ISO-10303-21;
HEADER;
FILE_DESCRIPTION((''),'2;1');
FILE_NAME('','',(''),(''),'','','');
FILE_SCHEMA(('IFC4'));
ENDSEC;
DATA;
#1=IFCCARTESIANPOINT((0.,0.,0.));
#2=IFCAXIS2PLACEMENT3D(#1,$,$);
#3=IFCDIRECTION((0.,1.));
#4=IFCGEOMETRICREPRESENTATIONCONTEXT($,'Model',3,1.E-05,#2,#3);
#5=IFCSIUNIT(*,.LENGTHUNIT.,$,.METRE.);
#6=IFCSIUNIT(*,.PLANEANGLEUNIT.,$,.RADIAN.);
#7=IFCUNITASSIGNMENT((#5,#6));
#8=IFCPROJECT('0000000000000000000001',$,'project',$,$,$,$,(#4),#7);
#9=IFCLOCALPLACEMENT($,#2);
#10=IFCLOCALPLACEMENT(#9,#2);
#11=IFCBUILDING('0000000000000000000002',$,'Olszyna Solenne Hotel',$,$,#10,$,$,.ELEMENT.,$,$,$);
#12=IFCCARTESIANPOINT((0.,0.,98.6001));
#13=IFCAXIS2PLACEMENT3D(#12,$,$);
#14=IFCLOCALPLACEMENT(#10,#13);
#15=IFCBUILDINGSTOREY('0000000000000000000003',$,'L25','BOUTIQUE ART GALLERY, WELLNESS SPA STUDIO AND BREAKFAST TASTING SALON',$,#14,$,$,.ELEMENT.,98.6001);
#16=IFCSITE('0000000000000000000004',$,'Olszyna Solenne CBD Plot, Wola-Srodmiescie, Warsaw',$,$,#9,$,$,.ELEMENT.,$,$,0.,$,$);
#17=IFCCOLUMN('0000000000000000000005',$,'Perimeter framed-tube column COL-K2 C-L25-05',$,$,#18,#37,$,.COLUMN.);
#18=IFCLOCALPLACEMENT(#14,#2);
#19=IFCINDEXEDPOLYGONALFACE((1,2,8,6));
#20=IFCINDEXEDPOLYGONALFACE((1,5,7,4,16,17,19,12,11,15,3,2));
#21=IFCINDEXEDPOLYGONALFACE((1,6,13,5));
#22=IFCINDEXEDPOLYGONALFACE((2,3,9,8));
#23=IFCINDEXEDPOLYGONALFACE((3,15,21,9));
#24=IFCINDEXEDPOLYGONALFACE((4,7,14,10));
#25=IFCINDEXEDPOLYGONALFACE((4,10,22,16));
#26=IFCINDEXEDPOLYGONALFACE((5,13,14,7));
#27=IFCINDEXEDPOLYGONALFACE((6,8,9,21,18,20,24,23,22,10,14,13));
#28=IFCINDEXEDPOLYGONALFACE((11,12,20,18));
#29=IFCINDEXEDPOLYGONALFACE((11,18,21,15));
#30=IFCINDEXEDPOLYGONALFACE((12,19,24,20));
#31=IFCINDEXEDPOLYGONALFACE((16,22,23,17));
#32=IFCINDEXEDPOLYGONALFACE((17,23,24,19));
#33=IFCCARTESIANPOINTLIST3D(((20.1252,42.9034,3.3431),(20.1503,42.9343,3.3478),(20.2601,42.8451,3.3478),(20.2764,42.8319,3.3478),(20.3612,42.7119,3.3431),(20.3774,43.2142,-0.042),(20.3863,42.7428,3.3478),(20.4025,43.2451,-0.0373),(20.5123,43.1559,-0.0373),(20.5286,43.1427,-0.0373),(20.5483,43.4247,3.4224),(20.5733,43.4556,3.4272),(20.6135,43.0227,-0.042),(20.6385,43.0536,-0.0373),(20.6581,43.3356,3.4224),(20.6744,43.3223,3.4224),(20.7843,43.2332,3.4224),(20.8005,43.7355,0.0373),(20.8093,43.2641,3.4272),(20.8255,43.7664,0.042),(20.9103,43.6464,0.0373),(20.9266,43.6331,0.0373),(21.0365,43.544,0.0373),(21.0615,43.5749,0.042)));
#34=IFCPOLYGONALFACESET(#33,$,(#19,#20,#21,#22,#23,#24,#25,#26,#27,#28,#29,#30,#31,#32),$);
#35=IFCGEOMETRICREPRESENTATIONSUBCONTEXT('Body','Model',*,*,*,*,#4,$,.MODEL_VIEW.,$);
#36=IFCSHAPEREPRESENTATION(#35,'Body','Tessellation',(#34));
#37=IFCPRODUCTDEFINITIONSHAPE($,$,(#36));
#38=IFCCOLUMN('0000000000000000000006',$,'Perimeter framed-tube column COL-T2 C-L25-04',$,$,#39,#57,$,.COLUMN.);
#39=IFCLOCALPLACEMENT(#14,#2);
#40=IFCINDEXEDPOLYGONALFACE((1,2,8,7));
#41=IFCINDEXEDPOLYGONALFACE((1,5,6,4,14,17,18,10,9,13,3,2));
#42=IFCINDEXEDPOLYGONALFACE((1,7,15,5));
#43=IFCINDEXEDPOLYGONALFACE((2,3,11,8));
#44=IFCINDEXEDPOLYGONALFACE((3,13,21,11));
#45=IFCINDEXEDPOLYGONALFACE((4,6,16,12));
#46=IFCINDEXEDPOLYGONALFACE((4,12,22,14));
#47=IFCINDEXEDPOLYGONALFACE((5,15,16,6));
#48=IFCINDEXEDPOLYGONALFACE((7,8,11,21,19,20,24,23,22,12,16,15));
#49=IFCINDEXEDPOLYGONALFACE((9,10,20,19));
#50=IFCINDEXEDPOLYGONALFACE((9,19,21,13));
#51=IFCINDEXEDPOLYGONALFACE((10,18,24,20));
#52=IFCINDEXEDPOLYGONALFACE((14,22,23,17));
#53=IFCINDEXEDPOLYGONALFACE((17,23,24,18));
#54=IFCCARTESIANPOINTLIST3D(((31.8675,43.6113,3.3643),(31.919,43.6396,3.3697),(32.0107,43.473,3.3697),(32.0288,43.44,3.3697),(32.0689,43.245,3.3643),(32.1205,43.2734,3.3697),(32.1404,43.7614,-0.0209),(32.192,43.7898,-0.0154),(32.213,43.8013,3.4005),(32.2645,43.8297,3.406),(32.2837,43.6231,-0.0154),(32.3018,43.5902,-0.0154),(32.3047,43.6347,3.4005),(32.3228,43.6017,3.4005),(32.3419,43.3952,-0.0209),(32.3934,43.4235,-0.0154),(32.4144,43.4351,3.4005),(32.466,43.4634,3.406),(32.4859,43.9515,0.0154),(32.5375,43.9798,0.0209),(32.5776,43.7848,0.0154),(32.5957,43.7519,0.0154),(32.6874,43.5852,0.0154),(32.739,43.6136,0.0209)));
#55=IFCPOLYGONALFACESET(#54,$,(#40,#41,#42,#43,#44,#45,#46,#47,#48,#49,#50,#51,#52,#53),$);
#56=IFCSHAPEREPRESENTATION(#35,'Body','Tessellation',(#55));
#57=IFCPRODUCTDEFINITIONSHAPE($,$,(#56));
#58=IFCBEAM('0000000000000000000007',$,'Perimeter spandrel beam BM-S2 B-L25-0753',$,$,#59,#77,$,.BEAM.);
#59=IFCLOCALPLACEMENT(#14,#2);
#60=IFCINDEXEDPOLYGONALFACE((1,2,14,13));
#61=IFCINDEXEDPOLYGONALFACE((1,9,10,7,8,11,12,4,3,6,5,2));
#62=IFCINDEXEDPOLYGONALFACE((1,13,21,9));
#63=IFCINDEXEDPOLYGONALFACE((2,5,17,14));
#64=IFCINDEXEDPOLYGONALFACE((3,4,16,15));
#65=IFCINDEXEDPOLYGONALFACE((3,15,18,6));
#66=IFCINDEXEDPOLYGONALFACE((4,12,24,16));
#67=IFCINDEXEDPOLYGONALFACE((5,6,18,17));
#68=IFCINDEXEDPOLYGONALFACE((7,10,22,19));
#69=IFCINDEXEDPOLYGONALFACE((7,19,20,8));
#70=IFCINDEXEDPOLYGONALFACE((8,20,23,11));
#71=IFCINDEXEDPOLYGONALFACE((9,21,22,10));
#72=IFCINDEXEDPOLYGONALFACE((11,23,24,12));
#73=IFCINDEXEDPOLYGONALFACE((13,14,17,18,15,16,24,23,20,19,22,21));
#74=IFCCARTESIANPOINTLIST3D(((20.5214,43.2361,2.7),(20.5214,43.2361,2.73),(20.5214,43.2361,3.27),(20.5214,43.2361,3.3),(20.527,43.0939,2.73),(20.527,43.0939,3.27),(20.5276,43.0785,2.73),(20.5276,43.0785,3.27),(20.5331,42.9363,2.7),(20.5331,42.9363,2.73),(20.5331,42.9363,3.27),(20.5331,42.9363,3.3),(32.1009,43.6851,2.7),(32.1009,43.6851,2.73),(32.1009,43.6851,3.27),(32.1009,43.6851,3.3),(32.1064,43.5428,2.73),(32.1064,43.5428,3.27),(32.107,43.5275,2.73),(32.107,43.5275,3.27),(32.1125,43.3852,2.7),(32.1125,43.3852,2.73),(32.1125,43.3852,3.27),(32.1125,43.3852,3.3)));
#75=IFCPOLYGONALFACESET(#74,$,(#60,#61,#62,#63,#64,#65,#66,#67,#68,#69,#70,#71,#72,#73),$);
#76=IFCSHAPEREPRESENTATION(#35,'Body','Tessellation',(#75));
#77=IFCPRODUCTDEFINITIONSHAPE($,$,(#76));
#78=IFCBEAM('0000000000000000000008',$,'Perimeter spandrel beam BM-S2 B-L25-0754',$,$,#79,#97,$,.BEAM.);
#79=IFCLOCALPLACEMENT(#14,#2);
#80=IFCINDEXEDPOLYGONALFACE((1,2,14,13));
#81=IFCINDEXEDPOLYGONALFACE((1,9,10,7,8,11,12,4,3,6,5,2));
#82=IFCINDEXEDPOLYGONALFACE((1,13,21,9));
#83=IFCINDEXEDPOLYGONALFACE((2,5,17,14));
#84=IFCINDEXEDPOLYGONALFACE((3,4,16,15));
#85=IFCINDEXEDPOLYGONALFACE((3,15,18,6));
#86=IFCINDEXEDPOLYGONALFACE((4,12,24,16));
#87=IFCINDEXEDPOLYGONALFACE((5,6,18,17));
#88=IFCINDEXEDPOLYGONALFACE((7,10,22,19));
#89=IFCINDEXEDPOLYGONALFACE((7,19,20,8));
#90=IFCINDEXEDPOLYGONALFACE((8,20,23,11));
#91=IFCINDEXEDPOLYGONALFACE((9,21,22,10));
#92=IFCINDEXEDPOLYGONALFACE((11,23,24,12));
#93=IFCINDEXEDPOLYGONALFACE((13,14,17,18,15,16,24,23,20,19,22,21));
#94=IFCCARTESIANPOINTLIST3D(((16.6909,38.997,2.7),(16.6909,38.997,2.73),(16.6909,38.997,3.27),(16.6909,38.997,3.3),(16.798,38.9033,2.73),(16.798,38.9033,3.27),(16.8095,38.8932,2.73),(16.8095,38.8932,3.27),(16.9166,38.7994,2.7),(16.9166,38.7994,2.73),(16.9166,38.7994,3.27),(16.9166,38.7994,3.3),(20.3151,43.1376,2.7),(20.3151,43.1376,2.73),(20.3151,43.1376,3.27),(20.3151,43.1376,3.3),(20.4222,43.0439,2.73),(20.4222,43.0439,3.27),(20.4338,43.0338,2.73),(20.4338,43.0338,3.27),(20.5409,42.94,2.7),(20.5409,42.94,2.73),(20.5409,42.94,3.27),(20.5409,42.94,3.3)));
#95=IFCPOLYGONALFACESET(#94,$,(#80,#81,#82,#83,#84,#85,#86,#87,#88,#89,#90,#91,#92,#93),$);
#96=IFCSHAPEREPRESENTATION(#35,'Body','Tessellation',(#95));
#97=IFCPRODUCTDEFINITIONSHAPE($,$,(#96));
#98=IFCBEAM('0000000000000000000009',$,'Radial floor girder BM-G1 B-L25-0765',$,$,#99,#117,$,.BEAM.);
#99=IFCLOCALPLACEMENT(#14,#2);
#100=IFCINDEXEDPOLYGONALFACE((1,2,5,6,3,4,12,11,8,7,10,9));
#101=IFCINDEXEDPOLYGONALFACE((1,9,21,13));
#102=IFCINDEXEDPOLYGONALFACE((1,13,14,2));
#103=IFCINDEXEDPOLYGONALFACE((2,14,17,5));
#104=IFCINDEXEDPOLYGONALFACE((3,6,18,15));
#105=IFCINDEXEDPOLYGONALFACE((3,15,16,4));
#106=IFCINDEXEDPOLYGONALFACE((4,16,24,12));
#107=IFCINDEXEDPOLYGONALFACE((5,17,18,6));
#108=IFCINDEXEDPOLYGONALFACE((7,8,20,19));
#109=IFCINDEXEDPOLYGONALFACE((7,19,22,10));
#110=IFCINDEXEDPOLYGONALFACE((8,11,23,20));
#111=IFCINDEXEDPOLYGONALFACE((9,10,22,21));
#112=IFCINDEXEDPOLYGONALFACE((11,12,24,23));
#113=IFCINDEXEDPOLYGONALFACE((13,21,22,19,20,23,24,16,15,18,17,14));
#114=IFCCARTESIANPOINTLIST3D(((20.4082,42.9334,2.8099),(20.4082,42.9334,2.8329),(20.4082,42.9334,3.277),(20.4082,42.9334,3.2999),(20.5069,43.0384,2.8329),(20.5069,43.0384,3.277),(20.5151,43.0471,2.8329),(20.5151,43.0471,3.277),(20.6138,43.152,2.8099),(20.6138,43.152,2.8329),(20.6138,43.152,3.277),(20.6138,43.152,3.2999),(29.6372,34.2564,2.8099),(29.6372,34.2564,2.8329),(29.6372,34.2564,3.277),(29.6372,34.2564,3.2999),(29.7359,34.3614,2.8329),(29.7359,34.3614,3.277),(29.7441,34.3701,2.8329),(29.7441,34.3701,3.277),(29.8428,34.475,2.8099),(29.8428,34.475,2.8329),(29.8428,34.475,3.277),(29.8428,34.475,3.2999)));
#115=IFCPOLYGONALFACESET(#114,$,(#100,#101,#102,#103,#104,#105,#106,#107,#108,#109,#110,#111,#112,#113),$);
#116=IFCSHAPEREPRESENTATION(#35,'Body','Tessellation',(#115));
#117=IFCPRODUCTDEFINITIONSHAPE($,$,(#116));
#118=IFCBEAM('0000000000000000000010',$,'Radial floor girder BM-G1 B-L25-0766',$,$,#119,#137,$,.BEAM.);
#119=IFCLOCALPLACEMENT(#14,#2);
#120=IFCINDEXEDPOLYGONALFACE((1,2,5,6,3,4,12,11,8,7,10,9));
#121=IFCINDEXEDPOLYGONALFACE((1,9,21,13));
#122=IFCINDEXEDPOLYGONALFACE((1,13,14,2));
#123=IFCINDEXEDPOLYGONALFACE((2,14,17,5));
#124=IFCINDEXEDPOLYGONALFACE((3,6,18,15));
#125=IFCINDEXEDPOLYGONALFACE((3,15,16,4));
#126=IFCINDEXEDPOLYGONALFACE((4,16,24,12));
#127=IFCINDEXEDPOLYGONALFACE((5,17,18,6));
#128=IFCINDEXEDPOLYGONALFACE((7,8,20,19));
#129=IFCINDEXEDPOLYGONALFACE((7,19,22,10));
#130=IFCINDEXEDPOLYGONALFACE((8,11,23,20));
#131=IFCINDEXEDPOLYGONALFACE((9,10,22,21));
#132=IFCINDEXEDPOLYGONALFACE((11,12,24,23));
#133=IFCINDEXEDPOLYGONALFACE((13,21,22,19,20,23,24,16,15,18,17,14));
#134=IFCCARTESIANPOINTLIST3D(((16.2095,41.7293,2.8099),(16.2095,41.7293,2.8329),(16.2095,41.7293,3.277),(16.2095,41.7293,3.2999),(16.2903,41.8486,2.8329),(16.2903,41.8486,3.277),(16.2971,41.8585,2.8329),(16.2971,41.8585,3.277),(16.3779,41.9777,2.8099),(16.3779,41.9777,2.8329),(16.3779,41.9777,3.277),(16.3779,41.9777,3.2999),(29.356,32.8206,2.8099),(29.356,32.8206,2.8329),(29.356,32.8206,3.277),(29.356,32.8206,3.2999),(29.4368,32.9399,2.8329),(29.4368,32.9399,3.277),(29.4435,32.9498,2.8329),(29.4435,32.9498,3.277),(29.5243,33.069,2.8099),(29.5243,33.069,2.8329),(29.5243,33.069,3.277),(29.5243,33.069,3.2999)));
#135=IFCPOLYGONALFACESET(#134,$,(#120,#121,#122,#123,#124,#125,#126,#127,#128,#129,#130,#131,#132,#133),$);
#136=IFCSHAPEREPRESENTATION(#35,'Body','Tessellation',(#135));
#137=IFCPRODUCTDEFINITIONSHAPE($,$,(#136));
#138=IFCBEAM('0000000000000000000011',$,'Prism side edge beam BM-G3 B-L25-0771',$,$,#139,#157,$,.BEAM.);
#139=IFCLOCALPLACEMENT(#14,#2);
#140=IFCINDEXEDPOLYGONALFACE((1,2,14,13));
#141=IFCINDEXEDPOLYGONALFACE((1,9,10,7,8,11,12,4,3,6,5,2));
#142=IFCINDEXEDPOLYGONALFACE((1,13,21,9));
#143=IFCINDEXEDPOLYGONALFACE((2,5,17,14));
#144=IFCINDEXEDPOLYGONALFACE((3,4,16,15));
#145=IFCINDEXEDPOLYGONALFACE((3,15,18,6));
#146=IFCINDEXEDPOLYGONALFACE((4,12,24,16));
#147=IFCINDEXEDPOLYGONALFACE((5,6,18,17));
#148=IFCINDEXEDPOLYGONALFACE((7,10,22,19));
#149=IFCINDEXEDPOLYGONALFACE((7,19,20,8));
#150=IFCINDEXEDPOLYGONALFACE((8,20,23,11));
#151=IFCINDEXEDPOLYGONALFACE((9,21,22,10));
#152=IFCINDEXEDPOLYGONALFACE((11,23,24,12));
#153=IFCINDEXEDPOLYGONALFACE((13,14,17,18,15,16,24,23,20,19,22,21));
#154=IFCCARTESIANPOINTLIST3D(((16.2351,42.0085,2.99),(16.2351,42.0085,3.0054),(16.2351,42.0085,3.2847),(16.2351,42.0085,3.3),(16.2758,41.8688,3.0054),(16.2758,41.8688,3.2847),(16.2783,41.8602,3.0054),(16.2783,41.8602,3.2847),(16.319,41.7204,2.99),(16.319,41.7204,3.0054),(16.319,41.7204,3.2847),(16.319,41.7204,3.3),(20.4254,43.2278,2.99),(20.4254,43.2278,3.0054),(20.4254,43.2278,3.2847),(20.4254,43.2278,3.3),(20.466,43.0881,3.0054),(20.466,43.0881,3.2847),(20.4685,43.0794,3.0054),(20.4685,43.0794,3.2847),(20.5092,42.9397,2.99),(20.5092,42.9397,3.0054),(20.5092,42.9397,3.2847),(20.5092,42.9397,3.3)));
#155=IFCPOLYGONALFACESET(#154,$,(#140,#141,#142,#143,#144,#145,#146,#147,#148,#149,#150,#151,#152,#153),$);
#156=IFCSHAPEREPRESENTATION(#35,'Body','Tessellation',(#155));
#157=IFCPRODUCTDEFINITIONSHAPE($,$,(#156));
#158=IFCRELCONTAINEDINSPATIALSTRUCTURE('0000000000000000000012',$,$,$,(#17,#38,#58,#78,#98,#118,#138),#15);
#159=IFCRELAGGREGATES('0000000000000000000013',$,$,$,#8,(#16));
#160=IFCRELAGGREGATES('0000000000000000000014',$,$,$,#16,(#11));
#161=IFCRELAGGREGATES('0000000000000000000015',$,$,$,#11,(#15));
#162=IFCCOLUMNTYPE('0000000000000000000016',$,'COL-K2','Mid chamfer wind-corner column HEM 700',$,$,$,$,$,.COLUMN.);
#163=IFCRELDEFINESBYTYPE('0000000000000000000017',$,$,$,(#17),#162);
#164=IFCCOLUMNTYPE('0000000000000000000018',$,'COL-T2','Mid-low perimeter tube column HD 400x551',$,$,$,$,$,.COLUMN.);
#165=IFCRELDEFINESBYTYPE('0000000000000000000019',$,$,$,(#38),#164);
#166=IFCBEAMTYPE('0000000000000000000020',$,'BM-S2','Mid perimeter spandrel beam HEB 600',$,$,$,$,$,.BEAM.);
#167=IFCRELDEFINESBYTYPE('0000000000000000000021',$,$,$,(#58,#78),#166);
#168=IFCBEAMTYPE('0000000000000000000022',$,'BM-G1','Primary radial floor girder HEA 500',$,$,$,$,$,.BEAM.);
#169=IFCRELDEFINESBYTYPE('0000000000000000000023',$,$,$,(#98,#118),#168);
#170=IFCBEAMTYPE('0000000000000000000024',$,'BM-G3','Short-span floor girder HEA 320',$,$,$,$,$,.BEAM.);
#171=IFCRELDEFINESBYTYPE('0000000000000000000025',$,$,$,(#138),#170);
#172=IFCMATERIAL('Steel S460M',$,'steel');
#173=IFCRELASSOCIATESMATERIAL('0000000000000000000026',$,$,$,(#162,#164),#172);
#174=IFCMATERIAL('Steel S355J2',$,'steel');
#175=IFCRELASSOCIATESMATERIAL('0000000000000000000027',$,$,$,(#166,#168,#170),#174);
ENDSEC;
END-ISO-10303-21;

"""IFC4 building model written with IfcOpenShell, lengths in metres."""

from ifc_helpers import new_model, si_unit, direction, frame, origin, origin_2d, place, context, subcontext, project, spatial, i_section, extrude, source, transform, mapped, material, material_profile, profile_set, type_object, element, save


model = new_model("IFC4")

# Units and contexts
model_context = context("Model", 3, precision=1e-05, world=origin(), true_north=direction((0.0, 1.0)))
body_context = subcontext(model_context, "Body", "Model", "MODEL_VIEW")
ifc_project = project(units=[si_unit("LENGTHUNIT", "METRE"), si_unit("PLANEANGLEUNIT", "RADIAN")], contexts=[model_context])

# Site, building, storey
site_placement = place(None, origin())
site = spatial("IfcSite", under=ifc_project, at=site_placement, Name="Olszyna Solenne CBD Plot, Wola-Srodmiescie, Warsaw", CompositionType="ELEMENT", RefElevation=0.0)
building_placement = place(site_placement, origin())
building = spatial("IfcBuilding", under=site, at=building_placement, Name="Olszyna Solenne Hotel", CompositionType="ELEMENT")
storey_placement = place(building_placement, frame((0.0, 0.0, 98.6001)))
storey = spatial("IfcBuildingStorey", under=building, at=storey_placement, Name="L25", Description="BOUTIQUE ART GALLERY, WELLNESS SPA STUDIO AND BREAKFAST TASTING SALON", CompositionType="ELEMENT", Elevation=98.6001)

# Columns
ifc_material_1 = material(Name="Steel S460M", Category="steel")
ifc_material_profile_1 = material_profile(ifc_material_1, i_section(OverallWidth=0.304, OverallDepth=0.7161, WebThickness=0.021, FlangeThickness=0.04, at=origin_2d()), Name="HEM 700", Category="load-bearing")
ifc_profile_set_1 = profile_set([ifc_material_profile_1], Name="Steel S460M")
column_type_1 = type_object("IfcColumnType", Name="COL-K2", Description="Mid chamfer wind-corner column HEM 700", PredefinedType="COLUMN", material=ifc_profile_set_1)
shared_shape_1 = source(origin(), body_context, "Body", "SweptSolid", [
    extrude(i_section(OverallWidth=0.304, OverallDepth=0.7161, WebThickness=0.021, FlangeThickness=0.04, at=origin_2d()), origin(), (0.0, 0.0, 1.0), 3.4087),
])
column_1_placement = place(storey_placement, frame((20.7195, 43.3945, 0.0), z_axis=(-0.073989, -0.091179, 0.993082), x_axis=(0.776506, -0.63011, 0.0)))
element("IfcColumn", 1, at=column_1_placement, inside=storey, type_object=column_type_1, Name="Perimeter framed-tube column COL-K2 C-L25-05", PredefinedType="COLUMN", context=body_context, shape_type="MappedRepresentation", body=[
    mapped(shared_shape_1, transform((0.0, 0.0, 0.0), x_axis=(1.0, 0.0, 0.0), y_axis=(0.0, 1.0, 0.0), z_axis=(0.0, 0.0, 1.0), scale=1.0)),
])
ifc_material_profile_2 = material_profile(ifc_material_1, i_section(OverallWidth=0.418, OverallDepth=0.4551, WebThickness=0.0376, FlangeThickness=0.0591, at=origin_2d()), Name="HD 400x551", Category="load-bearing")
ifc_profile_set_2 = profile_set([ifc_material_profile_2], Name="Steel S460M")
column_type_2 = type_object("IfcColumnType", Name="COL-T2", Description="Mid-low perimeter tube column HD 400x551", PredefinedType="COLUMN", material=ifc_profile_set_2)
shared_shape_2 = source(origin(), body_context, "Body", "SweptSolid", [
    extrude(i_section(OverallWidth=0.418, OverallDepth=0.4551, WebThickness=0.0376, FlangeThickness=0.0591, at=origin_2d()), origin(), (0.0, 0.0, 1.0), 3.3994),
])
column_2_placement = place(storey_placement, frame((32.4397, 43.6875, 0.0), z_axis=(-0.080295, -0.04417, 0.995792), x_axis=(0.481979, -0.876183, 0.0)))
element("IfcColumn", 2, at=column_2_placement, inside=storey, type_object=column_type_2, Name="Perimeter framed-tube column COL-T2 C-L25-04", PredefinedType="COLUMN", context=body_context, shape_type="MappedRepresentation", body=[
    mapped(shared_shape_2, transform((0.0, 0.0, 0.0), x_axis=(1.0, 0.0, 0.0), y_axis=(0.0, 1.0, 0.0), z_axis=(0.0, 0.0, 1.0), scale=1.0)),
])

# Beams
ifc_material_2 = material(Name="Steel S355J2", Category="steel")
ifc_material_profile_3 = material_profile(ifc_material_2, i_section(OverallWidth=0.3, OverallDepth=0.6001, WebThickness=0.0154, FlangeThickness=0.03, at=origin_2d()), Name="HEB 600", Category="load-bearing")
ifc_profile_set_3 = profile_set([ifc_material_profile_3], Name="Steel S355J2")
beam_type_1 = type_object("IfcBeamType", Name="BM-S2", Description="Mid perimeter spandrel beam HEB 600", PredefinedType="BEAM", material=ifc_profile_set_3)
shared_shape_3 = source(origin(), body_context, "Body", "SweptSolid", [
    extrude(i_section(OverallWidth=0.3, OverallDepth=0.6001, WebThickness=0.0154, FlangeThickness=0.03, at=origin_2d()), origin(), (0.0, 0.0, 1.0), 11.5881),
])
beam_1_placement = place(storey_placement, frame((32.1067, 43.5352, 3.0), z_axis=(-0.999249, -0.038745, 0.0), x_axis=(0.038745, -0.999249, 0.0)))
element("IfcBeam", 3, at=beam_1_placement, inside=storey, type_object=beam_type_1, Name="Perimeter spandrel beam BM-S2 B-L25-0753", PredefinedType="BEAM", context=body_context, shape_type="MappedRepresentation", body=[
    mapped(shared_shape_3, transform((0.0, 0.0, 0.0), x_axis=(1.0, 0.0, 0.0), y_axis=(0.0, 1.0, 0.0), z_axis=(0.0, 0.0, 1.0), scale=1.0)),
])
shared_shape_4 = source(origin(), body_context, "Body", "SweptSolid", [
    extrude(i_section(OverallWidth=0.3, OverallDepth=0.6001, WebThickness=0.0154, FlangeThickness=0.03, at=origin_2d()), origin(), (0.0, 0.0, 1.0), 5.5027),
])
beam_2_placement = place(storey_placement, frame((20.428, 43.0388, 3.0), z_axis=(-0.65863, -0.752467, 0.0), x_axis=(0.752467, -0.65863, 0.0)))
element("IfcBeam", 4, at=beam_2_placement, inside=storey, type_object=beam_type_1, Name="Perimeter spandrel beam BM-S2 B-L25-0754", PredefinedType="BEAM", context=body_context, shape_type="MappedRepresentation", body=[
    mapped(shared_shape_4, transform((0.0, 0.0, 0.0), x_axis=(1.0, 0.0, 0.0), y_axis=(0.0, 1.0, 0.0), z_axis=(0.0, 0.0, 1.0), scale=1.0)),
])
ifc_material_profile_4 = material_profile(ifc_material_2, i_section(OverallWidth=0.3, OverallDepth=0.49, WebThickness=0.012, FlangeThickness=0.0229, at=origin_2d()), Name="HEA 500", Category="load-bearing")
ifc_profile_set_4 = profile_set([ifc_material_profile_4], Name="Steel S355J2")
beam_type_2 = type_object("IfcBeamType", Name="BM-G1", Description="Primary radial floor girder HEA 500", PredefinedType="BEAM", material=ifc_profile_set_4)
shared_shape_5 = source(origin(), body_context, "Body", "SweptSolid", [
    extrude(i_section(OverallWidth=0.3, OverallDepth=0.49, WebThickness=0.012, FlangeThickness=0.0229, at=origin_2d()), origin(), (0.0, 0.0, 1.0), 12.6675),
])
beam_3_placement = place(storey_placement, frame((20.511, 43.0427, 3.0549), z_axis=(0.728559, -0.684983, 0.0), x_axis=(0.684983, 0.728559, 0.0)))
element("IfcBeam", 5, at=beam_3_placement, inside=storey, type_object=beam_type_2, Name="Radial floor girder BM-G1 B-L25-0765", PredefinedType="BEAM", context=body_context, shape_type="MappedRepresentation", body=[
    mapped(shared_shape_5, transform((0.0, 0.0, 0.0), x_axis=(1.0, 0.0, 0.0), y_axis=(0.0, 1.0, 0.0), z_axis=(0.0, 0.0, 1.0), scale=1.0)),
])
shared_shape_6 = source(origin(), body_context, "Body", "SweptSolid", [
    extrude(i_section(OverallWidth=0.3, OverallDepth=0.49, WebThickness=0.012, FlangeThickness=0.0229, at=origin_2d()), origin(), (0.0, 0.0, 1.0), 15.8806),
])
beam_4_placement = place(storey_placement, frame((16.2937, 41.8535, 3.0549), z_axis=(0.827831, -0.560978, 0.0), x_axis=(0.560978, 0.827831, 0.0)))
element("IfcBeam", 6, at=beam_4_placement, inside=storey, type_object=beam_type_2, Name="Radial floor girder BM-G1 B-L25-0766", PredefinedType="BEAM", context=body_context, shape_type="MappedRepresentation", body=[
    mapped(shared_shape_6, transform((0.0, 0.0, 0.0), x_axis=(1.0, 0.0, 0.0), y_axis=(0.0, 1.0, 0.0), z_axis=(0.0, 0.0, 1.0), scale=1.0)),
])
ifc_material_profile_5 = material_profile(ifc_material_2, i_section(OverallWidth=0.3, OverallDepth=0.3101, WebThickness=0.009, FlangeThickness=0.0154, at=origin_2d()), Name="HEA 320", Category="load-bearing")
ifc_profile_set_5 = profile_set([ifc_material_profile_5], Name="Steel S355J2")
beam_type_3 = type_object("IfcBeamType", Name="BM-G3", Description="Short-span floor girder HEA 320", PredefinedType="BEAM", material=ifc_profile_set_5)
shared_shape_7 = source(origin(), body_context, "Body", "SweptSolid", [
    extrude(i_section(OverallWidth=0.3, OverallDepth=0.3101, WebThickness=0.009, FlangeThickness=0.0154, at=origin_2d()), origin(), (0.0, 0.0, 1.0), 4.364),
])
beam_5_placement = place(storey_placement, frame((20.4673, 43.0837, 3.145), z_axis=(-0.960178, -0.279388, 0.0), x_axis=(0.279388, -0.960178, 0.0)))
element("IfcBeam", 7, at=beam_5_placement, inside=storey, type_object=beam_type_3, Name="Prism side edge beam BM-G3 B-L25-0771", PredefinedType="BEAM", context=body_context, shape_type="MappedRepresentation", body=[
    mapped(shared_shape_7, transform((0.0, 0.0, 0.0), x_axis=(1.0, 0.0, 0.0), y_axis=(0.0, 1.0, 0.0), z_axis=(0.0, 0.0, 1.0), scale=1.0)),
])

save(model, "model.ifc")
